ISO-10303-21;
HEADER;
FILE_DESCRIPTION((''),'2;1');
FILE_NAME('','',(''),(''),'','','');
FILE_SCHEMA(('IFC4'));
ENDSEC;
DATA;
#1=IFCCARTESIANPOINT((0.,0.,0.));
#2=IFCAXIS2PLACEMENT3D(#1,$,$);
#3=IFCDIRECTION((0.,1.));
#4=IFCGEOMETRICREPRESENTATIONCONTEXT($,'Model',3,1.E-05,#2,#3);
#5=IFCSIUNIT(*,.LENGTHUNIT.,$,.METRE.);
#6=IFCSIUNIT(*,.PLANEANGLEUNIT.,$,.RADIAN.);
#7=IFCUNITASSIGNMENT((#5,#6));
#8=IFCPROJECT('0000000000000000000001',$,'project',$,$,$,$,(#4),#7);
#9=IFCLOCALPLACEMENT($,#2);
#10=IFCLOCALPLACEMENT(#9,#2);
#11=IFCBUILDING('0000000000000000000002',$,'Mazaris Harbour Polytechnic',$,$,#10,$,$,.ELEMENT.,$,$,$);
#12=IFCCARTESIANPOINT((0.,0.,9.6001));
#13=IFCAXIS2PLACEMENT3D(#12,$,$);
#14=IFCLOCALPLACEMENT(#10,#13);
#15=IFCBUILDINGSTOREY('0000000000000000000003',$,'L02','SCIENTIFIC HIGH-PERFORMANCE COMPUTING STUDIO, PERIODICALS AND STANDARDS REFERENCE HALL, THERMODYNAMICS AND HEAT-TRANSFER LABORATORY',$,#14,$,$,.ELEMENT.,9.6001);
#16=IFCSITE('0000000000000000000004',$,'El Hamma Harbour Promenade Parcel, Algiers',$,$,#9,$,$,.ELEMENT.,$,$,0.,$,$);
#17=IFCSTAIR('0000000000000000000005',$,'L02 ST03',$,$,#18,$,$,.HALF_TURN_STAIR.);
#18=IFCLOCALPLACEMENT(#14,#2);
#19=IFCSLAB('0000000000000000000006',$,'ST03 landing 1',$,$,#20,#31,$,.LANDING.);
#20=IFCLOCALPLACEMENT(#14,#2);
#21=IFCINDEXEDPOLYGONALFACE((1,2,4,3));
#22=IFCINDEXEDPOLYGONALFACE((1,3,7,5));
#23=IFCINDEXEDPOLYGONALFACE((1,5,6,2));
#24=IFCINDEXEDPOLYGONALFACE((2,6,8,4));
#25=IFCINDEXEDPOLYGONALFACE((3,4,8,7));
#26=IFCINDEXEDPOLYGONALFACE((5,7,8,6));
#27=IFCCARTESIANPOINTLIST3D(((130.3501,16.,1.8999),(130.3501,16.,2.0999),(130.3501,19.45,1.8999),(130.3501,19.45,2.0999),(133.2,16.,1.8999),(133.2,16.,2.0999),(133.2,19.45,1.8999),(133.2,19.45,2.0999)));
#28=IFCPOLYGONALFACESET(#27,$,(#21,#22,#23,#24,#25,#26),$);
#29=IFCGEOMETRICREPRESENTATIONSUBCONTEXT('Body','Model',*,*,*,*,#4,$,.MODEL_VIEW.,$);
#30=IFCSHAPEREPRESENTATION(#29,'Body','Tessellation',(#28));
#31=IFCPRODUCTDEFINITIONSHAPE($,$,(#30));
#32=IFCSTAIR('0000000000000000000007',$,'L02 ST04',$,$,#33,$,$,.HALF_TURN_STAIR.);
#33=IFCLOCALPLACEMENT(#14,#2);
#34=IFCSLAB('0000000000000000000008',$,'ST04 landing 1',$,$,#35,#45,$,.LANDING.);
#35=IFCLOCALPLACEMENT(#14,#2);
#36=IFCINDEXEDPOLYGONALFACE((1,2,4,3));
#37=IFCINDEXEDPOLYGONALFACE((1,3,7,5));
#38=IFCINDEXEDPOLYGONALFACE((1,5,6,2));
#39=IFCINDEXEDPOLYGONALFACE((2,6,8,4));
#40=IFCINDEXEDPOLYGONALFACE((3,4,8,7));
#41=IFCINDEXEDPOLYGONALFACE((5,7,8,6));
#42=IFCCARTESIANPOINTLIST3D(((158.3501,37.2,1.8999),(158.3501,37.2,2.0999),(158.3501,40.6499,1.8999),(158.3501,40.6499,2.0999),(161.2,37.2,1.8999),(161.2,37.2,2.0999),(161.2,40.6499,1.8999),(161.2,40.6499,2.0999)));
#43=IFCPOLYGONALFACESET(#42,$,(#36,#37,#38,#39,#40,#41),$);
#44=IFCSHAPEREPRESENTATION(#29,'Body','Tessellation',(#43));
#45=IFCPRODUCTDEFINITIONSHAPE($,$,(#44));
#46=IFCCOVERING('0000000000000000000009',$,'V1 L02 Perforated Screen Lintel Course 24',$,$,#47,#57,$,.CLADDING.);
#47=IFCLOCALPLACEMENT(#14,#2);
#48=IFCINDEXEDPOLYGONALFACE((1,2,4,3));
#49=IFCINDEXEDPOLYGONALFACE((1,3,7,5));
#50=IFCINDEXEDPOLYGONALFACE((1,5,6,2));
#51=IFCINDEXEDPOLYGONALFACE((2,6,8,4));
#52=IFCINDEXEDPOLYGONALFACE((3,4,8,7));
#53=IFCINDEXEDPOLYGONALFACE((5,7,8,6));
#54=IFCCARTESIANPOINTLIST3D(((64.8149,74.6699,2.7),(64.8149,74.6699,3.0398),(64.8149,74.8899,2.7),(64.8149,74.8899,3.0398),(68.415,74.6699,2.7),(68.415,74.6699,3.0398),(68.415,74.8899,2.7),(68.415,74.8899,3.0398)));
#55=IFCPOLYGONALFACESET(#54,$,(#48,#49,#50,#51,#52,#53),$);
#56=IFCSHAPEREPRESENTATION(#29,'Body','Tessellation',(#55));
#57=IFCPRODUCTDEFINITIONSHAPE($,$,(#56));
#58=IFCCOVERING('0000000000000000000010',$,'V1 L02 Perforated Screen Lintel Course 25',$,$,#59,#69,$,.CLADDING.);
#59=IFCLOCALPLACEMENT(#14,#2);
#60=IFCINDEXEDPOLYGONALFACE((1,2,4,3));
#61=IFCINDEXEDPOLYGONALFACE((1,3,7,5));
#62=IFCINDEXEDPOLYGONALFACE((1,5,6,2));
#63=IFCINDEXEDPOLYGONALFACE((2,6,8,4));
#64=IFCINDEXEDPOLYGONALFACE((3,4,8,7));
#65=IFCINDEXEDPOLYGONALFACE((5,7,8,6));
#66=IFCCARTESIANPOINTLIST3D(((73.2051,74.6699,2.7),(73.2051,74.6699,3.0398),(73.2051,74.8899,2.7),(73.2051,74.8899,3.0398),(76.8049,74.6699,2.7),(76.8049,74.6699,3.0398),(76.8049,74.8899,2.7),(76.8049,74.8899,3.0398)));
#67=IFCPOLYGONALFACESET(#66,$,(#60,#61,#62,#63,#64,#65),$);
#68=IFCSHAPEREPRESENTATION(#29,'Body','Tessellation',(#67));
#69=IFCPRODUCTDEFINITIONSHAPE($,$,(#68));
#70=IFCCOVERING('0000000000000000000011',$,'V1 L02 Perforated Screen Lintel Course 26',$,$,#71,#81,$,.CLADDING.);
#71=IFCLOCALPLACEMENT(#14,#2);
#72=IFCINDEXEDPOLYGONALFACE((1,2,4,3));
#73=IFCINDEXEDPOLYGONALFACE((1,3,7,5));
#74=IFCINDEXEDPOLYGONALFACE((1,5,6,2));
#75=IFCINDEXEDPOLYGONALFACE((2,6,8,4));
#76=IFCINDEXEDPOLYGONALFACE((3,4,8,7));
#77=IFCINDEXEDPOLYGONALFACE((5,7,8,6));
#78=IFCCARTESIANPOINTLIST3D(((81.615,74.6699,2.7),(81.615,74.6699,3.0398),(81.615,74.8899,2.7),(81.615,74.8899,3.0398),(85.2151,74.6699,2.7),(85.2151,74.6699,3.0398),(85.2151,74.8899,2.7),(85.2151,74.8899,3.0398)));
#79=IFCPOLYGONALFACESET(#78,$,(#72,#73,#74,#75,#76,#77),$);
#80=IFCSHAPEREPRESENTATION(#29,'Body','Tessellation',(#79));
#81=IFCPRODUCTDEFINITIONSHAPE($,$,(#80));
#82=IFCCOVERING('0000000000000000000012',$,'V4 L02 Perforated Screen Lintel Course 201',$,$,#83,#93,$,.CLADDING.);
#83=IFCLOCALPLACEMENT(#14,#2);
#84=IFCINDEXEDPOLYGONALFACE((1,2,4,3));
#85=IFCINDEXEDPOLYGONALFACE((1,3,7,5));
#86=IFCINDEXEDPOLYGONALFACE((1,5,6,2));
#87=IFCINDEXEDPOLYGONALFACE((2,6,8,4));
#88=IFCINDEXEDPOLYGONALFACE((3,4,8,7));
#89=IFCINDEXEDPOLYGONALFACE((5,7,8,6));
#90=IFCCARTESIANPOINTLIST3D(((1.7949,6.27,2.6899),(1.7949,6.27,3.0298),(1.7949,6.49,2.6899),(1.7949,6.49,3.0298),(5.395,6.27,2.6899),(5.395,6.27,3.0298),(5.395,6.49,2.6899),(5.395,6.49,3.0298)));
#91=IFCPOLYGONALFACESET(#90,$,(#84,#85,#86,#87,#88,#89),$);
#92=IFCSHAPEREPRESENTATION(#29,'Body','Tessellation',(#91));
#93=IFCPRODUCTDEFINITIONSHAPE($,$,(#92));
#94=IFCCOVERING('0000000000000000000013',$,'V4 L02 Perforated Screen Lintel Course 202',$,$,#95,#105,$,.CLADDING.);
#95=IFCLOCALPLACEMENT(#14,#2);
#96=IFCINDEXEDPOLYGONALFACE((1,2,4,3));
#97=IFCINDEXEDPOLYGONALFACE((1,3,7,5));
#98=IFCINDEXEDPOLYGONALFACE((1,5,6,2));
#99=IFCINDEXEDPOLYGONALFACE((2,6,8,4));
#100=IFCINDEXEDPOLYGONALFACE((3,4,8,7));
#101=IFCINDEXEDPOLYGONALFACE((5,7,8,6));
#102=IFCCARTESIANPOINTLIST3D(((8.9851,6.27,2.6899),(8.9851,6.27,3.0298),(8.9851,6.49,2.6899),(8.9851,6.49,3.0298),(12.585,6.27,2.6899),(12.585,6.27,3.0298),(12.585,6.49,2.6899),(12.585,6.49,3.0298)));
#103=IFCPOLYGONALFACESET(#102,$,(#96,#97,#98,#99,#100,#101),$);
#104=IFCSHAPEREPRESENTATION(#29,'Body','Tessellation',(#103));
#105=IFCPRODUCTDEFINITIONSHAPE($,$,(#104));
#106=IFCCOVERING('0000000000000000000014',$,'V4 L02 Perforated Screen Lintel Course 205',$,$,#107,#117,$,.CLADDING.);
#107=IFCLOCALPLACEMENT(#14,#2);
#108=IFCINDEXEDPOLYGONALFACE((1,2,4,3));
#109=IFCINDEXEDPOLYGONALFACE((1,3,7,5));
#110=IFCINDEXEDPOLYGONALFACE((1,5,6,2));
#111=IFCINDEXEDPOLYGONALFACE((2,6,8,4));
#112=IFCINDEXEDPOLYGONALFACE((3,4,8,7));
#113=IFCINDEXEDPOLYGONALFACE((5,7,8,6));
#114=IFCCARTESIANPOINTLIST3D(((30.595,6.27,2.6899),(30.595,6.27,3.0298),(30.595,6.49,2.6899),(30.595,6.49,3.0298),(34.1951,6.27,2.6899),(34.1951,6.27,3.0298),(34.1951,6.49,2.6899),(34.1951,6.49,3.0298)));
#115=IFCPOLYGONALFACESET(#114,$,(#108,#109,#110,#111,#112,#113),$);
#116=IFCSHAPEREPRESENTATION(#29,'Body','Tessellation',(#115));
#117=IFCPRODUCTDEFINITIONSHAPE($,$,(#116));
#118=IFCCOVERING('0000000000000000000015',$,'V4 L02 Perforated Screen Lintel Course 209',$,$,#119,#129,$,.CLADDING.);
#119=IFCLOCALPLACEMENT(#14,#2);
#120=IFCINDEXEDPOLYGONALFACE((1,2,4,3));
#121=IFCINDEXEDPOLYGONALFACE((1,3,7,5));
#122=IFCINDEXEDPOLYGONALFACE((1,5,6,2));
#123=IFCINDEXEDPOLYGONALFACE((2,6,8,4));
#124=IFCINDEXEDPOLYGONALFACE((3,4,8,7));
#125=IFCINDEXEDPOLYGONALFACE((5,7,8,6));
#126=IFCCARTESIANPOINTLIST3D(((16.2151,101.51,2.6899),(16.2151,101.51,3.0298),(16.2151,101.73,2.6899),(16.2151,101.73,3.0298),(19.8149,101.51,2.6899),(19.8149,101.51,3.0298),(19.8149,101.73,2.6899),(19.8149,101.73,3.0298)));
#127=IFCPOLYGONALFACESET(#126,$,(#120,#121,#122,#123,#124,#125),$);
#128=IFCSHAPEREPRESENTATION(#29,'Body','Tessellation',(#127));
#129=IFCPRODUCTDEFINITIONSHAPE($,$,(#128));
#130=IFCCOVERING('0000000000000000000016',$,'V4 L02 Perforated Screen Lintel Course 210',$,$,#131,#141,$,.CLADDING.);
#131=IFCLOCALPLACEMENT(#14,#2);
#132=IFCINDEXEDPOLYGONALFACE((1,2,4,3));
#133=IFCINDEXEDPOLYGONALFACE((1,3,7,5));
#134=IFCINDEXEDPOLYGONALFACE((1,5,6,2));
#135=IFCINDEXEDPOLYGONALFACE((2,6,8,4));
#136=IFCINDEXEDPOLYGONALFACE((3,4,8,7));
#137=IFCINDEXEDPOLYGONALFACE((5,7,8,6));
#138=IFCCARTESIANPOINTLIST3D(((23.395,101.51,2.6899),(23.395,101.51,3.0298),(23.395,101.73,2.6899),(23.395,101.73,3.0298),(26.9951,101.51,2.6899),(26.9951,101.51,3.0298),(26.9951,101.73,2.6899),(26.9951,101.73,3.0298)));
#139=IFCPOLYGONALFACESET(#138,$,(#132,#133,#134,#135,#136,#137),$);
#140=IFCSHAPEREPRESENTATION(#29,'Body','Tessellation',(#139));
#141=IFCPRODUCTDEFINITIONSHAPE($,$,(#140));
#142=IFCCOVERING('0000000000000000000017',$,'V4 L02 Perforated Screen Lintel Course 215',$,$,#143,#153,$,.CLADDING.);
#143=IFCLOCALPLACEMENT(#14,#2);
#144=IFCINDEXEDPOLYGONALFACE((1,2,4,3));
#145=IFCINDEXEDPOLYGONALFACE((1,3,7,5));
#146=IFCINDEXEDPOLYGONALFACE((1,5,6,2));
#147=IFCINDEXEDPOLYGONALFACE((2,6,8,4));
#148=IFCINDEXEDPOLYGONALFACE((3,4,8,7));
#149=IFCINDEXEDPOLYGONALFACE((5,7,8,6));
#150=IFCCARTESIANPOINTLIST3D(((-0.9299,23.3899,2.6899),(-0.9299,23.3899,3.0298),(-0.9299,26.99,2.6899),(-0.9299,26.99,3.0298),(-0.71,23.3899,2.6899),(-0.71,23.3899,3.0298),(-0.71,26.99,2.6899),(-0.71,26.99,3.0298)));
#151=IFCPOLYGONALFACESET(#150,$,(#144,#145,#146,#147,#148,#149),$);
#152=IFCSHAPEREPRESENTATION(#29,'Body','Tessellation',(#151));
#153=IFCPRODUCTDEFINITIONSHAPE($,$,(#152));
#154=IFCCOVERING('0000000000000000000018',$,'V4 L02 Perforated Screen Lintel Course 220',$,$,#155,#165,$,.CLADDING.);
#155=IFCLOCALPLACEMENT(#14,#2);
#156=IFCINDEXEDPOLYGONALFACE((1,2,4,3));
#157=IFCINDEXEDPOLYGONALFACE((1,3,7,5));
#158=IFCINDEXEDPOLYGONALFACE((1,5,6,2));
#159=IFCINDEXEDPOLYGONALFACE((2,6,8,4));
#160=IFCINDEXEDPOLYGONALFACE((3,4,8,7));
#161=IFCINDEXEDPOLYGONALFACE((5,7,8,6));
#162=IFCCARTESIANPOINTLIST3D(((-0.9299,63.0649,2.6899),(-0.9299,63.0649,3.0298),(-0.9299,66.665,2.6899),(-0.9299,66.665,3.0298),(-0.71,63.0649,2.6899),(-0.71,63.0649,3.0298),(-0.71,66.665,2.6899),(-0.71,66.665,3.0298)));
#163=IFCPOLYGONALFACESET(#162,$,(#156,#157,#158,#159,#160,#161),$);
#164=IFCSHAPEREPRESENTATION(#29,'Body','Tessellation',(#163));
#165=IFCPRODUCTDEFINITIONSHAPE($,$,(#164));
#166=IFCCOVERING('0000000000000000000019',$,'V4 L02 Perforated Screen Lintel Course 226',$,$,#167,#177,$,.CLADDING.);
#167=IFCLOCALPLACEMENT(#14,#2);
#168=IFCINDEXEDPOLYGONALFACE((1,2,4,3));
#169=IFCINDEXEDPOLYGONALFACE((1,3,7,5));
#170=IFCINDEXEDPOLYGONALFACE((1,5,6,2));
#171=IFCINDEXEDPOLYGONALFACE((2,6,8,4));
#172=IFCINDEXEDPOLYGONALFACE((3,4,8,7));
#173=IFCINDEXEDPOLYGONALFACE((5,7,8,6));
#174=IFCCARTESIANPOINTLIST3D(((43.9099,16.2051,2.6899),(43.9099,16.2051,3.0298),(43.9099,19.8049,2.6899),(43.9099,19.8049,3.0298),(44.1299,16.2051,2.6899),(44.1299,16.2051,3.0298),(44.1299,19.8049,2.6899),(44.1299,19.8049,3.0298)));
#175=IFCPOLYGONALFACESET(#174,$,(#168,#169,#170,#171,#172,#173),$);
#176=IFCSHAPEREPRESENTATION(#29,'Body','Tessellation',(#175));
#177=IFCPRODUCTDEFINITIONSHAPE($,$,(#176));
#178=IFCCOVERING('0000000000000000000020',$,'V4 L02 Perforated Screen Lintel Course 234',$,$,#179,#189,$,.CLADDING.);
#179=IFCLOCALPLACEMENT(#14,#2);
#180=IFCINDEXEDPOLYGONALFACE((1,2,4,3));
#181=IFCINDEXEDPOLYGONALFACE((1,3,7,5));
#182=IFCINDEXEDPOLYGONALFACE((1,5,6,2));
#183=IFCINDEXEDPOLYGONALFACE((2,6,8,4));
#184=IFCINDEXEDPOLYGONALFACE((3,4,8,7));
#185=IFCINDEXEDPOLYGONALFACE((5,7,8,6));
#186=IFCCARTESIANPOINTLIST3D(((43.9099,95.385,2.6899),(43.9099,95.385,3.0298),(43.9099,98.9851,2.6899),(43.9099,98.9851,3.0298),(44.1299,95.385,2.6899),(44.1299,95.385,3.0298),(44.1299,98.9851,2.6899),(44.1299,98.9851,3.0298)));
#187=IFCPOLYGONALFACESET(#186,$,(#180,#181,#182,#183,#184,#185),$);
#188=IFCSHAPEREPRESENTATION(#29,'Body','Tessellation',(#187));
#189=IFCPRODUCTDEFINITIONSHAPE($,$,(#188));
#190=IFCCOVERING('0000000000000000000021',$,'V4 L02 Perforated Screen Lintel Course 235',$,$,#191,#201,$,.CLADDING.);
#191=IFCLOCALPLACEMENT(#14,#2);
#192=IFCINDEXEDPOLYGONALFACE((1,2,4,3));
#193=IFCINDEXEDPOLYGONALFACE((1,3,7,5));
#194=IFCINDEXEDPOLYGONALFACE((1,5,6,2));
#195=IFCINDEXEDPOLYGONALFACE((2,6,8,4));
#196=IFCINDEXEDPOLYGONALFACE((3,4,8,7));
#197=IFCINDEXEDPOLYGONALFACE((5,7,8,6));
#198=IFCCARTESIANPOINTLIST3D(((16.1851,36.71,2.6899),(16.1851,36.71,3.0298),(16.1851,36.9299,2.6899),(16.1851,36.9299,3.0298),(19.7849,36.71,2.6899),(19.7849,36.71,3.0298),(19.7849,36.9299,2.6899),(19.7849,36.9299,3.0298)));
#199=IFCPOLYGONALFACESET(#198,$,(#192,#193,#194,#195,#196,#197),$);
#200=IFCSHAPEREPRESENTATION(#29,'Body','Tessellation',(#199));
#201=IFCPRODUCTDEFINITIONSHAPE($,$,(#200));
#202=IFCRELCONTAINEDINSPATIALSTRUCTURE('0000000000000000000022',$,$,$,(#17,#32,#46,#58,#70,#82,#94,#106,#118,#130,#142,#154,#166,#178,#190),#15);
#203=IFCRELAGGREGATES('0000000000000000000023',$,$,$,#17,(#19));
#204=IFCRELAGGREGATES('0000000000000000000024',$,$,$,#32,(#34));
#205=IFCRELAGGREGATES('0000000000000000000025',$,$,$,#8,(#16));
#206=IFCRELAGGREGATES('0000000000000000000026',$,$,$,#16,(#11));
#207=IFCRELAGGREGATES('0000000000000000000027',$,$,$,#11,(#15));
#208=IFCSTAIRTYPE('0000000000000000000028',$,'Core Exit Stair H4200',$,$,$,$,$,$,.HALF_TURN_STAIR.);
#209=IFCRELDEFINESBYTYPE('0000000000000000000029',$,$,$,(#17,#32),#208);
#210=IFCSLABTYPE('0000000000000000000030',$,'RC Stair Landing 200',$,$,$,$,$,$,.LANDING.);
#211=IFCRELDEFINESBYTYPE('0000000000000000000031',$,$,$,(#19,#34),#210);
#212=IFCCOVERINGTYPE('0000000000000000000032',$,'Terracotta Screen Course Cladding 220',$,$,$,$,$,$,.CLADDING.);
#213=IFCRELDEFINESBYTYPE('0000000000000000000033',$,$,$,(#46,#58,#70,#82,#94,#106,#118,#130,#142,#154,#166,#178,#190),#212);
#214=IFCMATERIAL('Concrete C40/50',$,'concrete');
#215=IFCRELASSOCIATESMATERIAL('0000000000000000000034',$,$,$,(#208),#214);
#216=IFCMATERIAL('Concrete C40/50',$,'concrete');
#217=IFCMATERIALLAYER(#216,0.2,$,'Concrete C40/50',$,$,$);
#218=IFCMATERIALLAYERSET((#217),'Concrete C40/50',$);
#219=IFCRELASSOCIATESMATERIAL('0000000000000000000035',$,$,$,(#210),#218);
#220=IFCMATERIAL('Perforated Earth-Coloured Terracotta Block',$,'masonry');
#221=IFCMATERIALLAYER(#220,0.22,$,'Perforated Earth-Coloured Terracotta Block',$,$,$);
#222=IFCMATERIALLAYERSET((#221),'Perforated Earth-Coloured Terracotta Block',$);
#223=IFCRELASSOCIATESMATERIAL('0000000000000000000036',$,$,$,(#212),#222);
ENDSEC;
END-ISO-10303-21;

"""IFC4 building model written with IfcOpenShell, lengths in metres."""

from ifc_helpers import new_model, si_unit, direction, frame, origin, place, context, subcontext, project, spatial, polyline, outline, extrude, material, layer, layer_set, type_object, element, aggregate, save


model = new_model("IFC4")

# Units and contexts
model_context = context("Model", 3, precision=1e-05, world=origin(), true_north=direction((0.0, 1.0)))
body_context = subcontext(model_context, "Body", "Model", "MODEL_VIEW")
ifc_project = project(units=[si_unit("LENGTHUNIT", "METRE"), si_unit("PLANEANGLEUNIT", "RADIAN")], contexts=[model_context])

# Site, building, storey
site_placement = place(None, origin())
site = spatial("IfcSite", under=ifc_project, at=site_placement, Name="El Hamma Harbour Promenade Parcel, Algiers", CompositionType="ELEMENT", RefElevation=0.0)
building_placement = place(site_placement, origin())
building = spatial("IfcBuilding", under=site, at=building_placement, Name="Mazaris Harbour Polytechnic", CompositionType="ELEMENT")
storey_placement = place(building_placement, frame((0.0, 0.0, 9.6001)))
storey = spatial("IfcBuildingStorey", under=building, at=storey_placement, Name="L02", Description="SCIENTIFIC HIGH-PERFORMANCE COMPUTING STUDIO, PERIODICALS AND STANDARDS REFERENCE HALL, THERMODYNAMICS AND HEAT-TRANSFER LABORATORY", CompositionType="ELEMENT", Elevation=9.6001)

# Stairs, slabs
ifc_material_1 = material(Name="Concrete C40/50", Category="concrete")
stair_type = type_object("IfcStairType", Name="Core Exit Stair H4200", PredefinedType="HALF_TURN_STAIR", material=ifc_material_1)
stair_1_placement = place(storey_placement, origin())
stair_1 = element("IfcStair", 1, at=stair_1_placement, inside=storey, type_object=stair_type, Name="L02 ST03", PredefinedType="HALF_TURN_STAIR")
ifc_material_2 = material(Name="Concrete C40/50", Category="concrete")
ifc_layer_1 = layer(ifc_material_2, 0.2, Name="Concrete C40/50")
ifc_layer_set_1 = layer_set([ifc_layer_1], Name="Concrete C40/50")
slab_type = type_object("IfcSlabType", Name="RC Stair Landing 200", PredefinedType="LANDING", material=ifc_layer_set_1)
slab_1_placement = place(storey_placement, frame((0.0, 0.0, 1.8999)))
slab_1 = element("IfcSlab", 2, at=slab_1_placement, type_object=slab_type, Name="ST03 landing 1", PredefinedType="LANDING", context=body_context, shape_type="SweptSolid", body=[
    extrude(outline(polyline([(130.3501, 16.0), (133.2, 16.0), (133.2, 19.45), (130.3501, 19.45), (130.3501, 16.0)])), origin(), (0.0, 0.0, 1.0), 0.2),
])
aggregate(stair_1, [slab_1])
stair_2_placement = place(storey_placement, origin())
stair_2 = element("IfcStair", 3, at=stair_2_placement, inside=storey, type_object=stair_type, Name="L02 ST04", PredefinedType="HALF_TURN_STAIR")
slab_2_placement = place(storey_placement, frame((0.0, 0.0, 1.8999)))
slab_2 = element("IfcSlab", 4, at=slab_2_placement, type_object=slab_type, Name="ST04 landing 1", PredefinedType="LANDING", context=body_context, shape_type="SweptSolid", body=[
    extrude(outline(polyline([(158.3501, 37.2), (161.2, 37.2), (161.2, 40.6499), (158.3501, 40.6499), (158.3501, 37.2)])), origin(), (0.0, 0.0, 1.0), 0.2),
])
aggregate(stair_2, [slab_2])

# Coverings
ifc_material_3 = material(Name="Perforated Earth-Coloured Terracotta Block", Category="masonry")
ifc_layer_2 = layer(ifc_material_3, 0.22, Name="Perforated Earth-Coloured Terracotta Block")
ifc_layer_set_2 = layer_set([ifc_layer_2], Name="Perforated Earth-Coloured Terracotta Block")
covering_type = type_object("IfcCoveringType", Name="Terracotta Screen Course Cladding 220", PredefinedType="CLADDING", material=ifc_layer_set_2)
covering_1_placement = place(storey_placement, frame((0.0, 0.0, 2.7)))
element("IfcCovering", 5, at=covering_1_placement, inside=storey, type_object=covering_type, Name="V1 L02 Perforated Screen Lintel Course 24", PredefinedType="CLADDING", context=body_context, shape_type="SweptSolid", body=[
    extrude(outline(polyline([(68.415, 74.8899), (64.8149, 74.8899), (64.8149, 74.6699), (68.415, 74.6699), (68.415, 74.8899)])), origin(), (0.0, 0.0, 1.0), 0.3398),
])
covering_2_placement = place(storey_placement, frame((0.0, 0.0, 2.7)))
element("IfcCovering", 6, at=covering_2_placement, inside=storey, type_object=covering_type, Name="V1 L02 Perforated Screen Lintel Course 25", PredefinedType="CLADDING", context=body_context, shape_type="SweptSolid", body=[
    extrude(outline(polyline([(76.8049, 74.8899), (73.2051, 74.8899), (73.2051, 74.6699), (76.8049, 74.6699), (76.8049, 74.8899)])), origin(), (0.0, 0.0, 1.0), 0.3398),
])
covering_3_placement = place(storey_placement, frame((0.0, 0.0, 2.7)))
element("IfcCovering", 7, at=covering_3_placement, inside=storey, type_object=covering_type, Name="V1 L02 Perforated Screen Lintel Course 26", PredefinedType="CLADDING", context=body_context, shape_type="SweptSolid", body=[
    extrude(outline(polyline([(85.2151, 74.8899), (81.615, 74.8899), (81.615, 74.6699), (85.2151, 74.6699), (85.2151, 74.8899)])), origin(), (0.0, 0.0, 1.0), 0.3398),
])
covering_4_placement = place(storey_placement, frame((0.0, 0.0, 2.6899)))
element("IfcCovering", 8, at=covering_4_placement, inside=storey, type_object=covering_type, Name="V4 L02 Perforated Screen Lintel Course 201", PredefinedType="CLADDING", context=body_context, shape_type="SweptSolid", body=[
    extrude(outline(polyline([(5.395, 6.49), (1.7949, 6.49), (1.7949, 6.27), (5.395, 6.27), (5.395, 6.49)])), origin(), (0.0, 0.0, 1.0), 0.3398),
])
covering_5_placement = place(storey_placement, frame((0.0, 0.0, 2.6899)))
element("IfcCovering", 9, at=covering_5_placement, inside=storey, type_object=covering_type, Name="V4 L02 Perforated Screen Lintel Course 202", PredefinedType="CLADDING", context=body_context, shape_type="SweptSolid", body=[
    extrude(outline(polyline([(12.585, 6.49), (8.9851, 6.49), (8.9851, 6.27), (12.585, 6.27), (12.585, 6.49)])), origin(), (0.0, 0.0, 1.0), 0.3398),
])
covering_6_placement = place(storey_placement, frame((0.0, 0.0, 2.6899)))
element("IfcCovering", 10, at=covering_6_placement, inside=storey, type_object=covering_type, Name="V4 L02 Perforated Screen Lintel Course 205", PredefinedType="CLADDING", context=body_context, shape_type="SweptSolid", body=[
    extrude(outline(polyline([(34.1951, 6.49), (30.595, 6.49), (30.595, 6.27), (34.1951, 6.27), (34.1951, 6.49)])), origin(), (0.0, 0.0, 1.0), 0.3398),
])
covering_7_placement = place(storey_placement, frame((0.0, 0.0, 2.6899)))
element("IfcCovering", 11, at=covering_7_placement, inside=storey, type_object=covering_type, Name="V4 L02 Perforated Screen Lintel Course 209", PredefinedType="CLADDING", context=body_context, shape_type="SweptSolid", body=[
    extrude(outline(polyline([(16.2151, 101.51), (19.8149, 101.51), (19.8149, 101.73), (16.2151, 101.73), (16.2151, 101.51)])), origin(), (0.0, 0.0, 1.0), 0.3398),
])
covering_8_placement = place(storey_placement, frame((0.0, 0.0, 2.6899)))
element("IfcCovering", 12, at=covering_8_placement, inside=storey, type_object=covering_type, Name="V4 L02 Perforated Screen Lintel Course 210", PredefinedType="CLADDING", context=body_context, shape_type="SweptSolid", body=[
    extrude(outline(polyline([(23.395, 101.51), (26.9951, 101.51), (26.9951, 101.73), (23.395, 101.73), (23.395, 101.51)])), origin(), (0.0, 0.0, 1.0), 0.3398),
])
covering_9_placement = place(storey_placement, frame((0.0, 0.0, 2.6899)))
element("IfcCovering", 13, at=covering_9_placement, inside=storey, type_object=covering_type, Name="V4 L02 Perforated Screen Lintel Course 215", PredefinedType="CLADDING", context=body_context, shape_type="SweptSolid", body=[
    extrude(outline(polyline([(-0.71, 23.3899), (-0.71, 26.99), (-0.9299, 26.99), (-0.9299, 23.3899), (-0.71, 23.3899)])), origin(), (0.0, 0.0, 1.0), 0.3398),
])
covering_10_placement = place(storey_placement, frame((0.0, 0.0, 2.6899)))
element("IfcCovering", 14, at=covering_10_placement, inside=storey, type_object=covering_type, Name="V4 L02 Perforated Screen Lintel Course 220", PredefinedType="CLADDING", context=body_context, shape_type="SweptSolid", body=[
    extrude(outline(polyline([(-0.71, 63.0649), (-0.71, 66.665), (-0.9299, 66.665), (-0.9299, 63.0649), (-0.71, 63.0649)])), origin(), (0.0, 0.0, 1.0), 0.3398),
])
covering_11_placement = place(storey_placement, frame((0.0, 0.0, 2.6899)))
element("IfcCovering", 15, at=covering_11_placement, inside=storey, type_object=covering_type, Name="V4 L02 Perforated Screen Lintel Course 226", PredefinedType="CLADDING", context=body_context, shape_type="SweptSolid", body=[
    extrude(outline(polyline([(43.9099, 19.8049), (43.9099, 16.2051), (44.1299, 16.2051), (44.1299, 19.8049), (43.9099, 19.8049)])), origin(), (0.0, 0.0, 1.0), 0.3398),
])
covering_12_placement = place(storey_placement, frame((0.0, 0.0, 2.6899)))
element("IfcCovering", 16, at=covering_12_placement, inside=storey, type_object=covering_type, Name="V4 L02 Perforated Screen Lintel Course 234", PredefinedType="CLADDING", context=body_context, shape_type="SweptSolid", body=[
    extrude(outline(polyline([(43.9099, 98.9851), (43.9099, 95.385), (44.1299, 95.385), (44.1299, 98.9851), (43.9099, 98.9851)])), origin(), (0.0, 0.0, 1.0), 0.3398),
])
covering_13_placement = place(storey_placement, frame((0.0, 0.0, 2.6899)))
element("IfcCovering", 17, at=covering_13_placement, inside=storey, type_object=covering_type, Name="V4 L02 Perforated Screen Lintel Course 235", PredefinedType="CLADDING", context=body_context, shape_type="SweptSolid", body=[
    extrude(outline(polyline([(16.1851, 36.71), (19.7849, 36.71), (19.7849, 36.9299), (16.1851, 36.9299), (16.1851, 36.71)])), origin(), (0.0, 0.0, 1.0), 0.3398),
])

save(model, "model.ifc")
